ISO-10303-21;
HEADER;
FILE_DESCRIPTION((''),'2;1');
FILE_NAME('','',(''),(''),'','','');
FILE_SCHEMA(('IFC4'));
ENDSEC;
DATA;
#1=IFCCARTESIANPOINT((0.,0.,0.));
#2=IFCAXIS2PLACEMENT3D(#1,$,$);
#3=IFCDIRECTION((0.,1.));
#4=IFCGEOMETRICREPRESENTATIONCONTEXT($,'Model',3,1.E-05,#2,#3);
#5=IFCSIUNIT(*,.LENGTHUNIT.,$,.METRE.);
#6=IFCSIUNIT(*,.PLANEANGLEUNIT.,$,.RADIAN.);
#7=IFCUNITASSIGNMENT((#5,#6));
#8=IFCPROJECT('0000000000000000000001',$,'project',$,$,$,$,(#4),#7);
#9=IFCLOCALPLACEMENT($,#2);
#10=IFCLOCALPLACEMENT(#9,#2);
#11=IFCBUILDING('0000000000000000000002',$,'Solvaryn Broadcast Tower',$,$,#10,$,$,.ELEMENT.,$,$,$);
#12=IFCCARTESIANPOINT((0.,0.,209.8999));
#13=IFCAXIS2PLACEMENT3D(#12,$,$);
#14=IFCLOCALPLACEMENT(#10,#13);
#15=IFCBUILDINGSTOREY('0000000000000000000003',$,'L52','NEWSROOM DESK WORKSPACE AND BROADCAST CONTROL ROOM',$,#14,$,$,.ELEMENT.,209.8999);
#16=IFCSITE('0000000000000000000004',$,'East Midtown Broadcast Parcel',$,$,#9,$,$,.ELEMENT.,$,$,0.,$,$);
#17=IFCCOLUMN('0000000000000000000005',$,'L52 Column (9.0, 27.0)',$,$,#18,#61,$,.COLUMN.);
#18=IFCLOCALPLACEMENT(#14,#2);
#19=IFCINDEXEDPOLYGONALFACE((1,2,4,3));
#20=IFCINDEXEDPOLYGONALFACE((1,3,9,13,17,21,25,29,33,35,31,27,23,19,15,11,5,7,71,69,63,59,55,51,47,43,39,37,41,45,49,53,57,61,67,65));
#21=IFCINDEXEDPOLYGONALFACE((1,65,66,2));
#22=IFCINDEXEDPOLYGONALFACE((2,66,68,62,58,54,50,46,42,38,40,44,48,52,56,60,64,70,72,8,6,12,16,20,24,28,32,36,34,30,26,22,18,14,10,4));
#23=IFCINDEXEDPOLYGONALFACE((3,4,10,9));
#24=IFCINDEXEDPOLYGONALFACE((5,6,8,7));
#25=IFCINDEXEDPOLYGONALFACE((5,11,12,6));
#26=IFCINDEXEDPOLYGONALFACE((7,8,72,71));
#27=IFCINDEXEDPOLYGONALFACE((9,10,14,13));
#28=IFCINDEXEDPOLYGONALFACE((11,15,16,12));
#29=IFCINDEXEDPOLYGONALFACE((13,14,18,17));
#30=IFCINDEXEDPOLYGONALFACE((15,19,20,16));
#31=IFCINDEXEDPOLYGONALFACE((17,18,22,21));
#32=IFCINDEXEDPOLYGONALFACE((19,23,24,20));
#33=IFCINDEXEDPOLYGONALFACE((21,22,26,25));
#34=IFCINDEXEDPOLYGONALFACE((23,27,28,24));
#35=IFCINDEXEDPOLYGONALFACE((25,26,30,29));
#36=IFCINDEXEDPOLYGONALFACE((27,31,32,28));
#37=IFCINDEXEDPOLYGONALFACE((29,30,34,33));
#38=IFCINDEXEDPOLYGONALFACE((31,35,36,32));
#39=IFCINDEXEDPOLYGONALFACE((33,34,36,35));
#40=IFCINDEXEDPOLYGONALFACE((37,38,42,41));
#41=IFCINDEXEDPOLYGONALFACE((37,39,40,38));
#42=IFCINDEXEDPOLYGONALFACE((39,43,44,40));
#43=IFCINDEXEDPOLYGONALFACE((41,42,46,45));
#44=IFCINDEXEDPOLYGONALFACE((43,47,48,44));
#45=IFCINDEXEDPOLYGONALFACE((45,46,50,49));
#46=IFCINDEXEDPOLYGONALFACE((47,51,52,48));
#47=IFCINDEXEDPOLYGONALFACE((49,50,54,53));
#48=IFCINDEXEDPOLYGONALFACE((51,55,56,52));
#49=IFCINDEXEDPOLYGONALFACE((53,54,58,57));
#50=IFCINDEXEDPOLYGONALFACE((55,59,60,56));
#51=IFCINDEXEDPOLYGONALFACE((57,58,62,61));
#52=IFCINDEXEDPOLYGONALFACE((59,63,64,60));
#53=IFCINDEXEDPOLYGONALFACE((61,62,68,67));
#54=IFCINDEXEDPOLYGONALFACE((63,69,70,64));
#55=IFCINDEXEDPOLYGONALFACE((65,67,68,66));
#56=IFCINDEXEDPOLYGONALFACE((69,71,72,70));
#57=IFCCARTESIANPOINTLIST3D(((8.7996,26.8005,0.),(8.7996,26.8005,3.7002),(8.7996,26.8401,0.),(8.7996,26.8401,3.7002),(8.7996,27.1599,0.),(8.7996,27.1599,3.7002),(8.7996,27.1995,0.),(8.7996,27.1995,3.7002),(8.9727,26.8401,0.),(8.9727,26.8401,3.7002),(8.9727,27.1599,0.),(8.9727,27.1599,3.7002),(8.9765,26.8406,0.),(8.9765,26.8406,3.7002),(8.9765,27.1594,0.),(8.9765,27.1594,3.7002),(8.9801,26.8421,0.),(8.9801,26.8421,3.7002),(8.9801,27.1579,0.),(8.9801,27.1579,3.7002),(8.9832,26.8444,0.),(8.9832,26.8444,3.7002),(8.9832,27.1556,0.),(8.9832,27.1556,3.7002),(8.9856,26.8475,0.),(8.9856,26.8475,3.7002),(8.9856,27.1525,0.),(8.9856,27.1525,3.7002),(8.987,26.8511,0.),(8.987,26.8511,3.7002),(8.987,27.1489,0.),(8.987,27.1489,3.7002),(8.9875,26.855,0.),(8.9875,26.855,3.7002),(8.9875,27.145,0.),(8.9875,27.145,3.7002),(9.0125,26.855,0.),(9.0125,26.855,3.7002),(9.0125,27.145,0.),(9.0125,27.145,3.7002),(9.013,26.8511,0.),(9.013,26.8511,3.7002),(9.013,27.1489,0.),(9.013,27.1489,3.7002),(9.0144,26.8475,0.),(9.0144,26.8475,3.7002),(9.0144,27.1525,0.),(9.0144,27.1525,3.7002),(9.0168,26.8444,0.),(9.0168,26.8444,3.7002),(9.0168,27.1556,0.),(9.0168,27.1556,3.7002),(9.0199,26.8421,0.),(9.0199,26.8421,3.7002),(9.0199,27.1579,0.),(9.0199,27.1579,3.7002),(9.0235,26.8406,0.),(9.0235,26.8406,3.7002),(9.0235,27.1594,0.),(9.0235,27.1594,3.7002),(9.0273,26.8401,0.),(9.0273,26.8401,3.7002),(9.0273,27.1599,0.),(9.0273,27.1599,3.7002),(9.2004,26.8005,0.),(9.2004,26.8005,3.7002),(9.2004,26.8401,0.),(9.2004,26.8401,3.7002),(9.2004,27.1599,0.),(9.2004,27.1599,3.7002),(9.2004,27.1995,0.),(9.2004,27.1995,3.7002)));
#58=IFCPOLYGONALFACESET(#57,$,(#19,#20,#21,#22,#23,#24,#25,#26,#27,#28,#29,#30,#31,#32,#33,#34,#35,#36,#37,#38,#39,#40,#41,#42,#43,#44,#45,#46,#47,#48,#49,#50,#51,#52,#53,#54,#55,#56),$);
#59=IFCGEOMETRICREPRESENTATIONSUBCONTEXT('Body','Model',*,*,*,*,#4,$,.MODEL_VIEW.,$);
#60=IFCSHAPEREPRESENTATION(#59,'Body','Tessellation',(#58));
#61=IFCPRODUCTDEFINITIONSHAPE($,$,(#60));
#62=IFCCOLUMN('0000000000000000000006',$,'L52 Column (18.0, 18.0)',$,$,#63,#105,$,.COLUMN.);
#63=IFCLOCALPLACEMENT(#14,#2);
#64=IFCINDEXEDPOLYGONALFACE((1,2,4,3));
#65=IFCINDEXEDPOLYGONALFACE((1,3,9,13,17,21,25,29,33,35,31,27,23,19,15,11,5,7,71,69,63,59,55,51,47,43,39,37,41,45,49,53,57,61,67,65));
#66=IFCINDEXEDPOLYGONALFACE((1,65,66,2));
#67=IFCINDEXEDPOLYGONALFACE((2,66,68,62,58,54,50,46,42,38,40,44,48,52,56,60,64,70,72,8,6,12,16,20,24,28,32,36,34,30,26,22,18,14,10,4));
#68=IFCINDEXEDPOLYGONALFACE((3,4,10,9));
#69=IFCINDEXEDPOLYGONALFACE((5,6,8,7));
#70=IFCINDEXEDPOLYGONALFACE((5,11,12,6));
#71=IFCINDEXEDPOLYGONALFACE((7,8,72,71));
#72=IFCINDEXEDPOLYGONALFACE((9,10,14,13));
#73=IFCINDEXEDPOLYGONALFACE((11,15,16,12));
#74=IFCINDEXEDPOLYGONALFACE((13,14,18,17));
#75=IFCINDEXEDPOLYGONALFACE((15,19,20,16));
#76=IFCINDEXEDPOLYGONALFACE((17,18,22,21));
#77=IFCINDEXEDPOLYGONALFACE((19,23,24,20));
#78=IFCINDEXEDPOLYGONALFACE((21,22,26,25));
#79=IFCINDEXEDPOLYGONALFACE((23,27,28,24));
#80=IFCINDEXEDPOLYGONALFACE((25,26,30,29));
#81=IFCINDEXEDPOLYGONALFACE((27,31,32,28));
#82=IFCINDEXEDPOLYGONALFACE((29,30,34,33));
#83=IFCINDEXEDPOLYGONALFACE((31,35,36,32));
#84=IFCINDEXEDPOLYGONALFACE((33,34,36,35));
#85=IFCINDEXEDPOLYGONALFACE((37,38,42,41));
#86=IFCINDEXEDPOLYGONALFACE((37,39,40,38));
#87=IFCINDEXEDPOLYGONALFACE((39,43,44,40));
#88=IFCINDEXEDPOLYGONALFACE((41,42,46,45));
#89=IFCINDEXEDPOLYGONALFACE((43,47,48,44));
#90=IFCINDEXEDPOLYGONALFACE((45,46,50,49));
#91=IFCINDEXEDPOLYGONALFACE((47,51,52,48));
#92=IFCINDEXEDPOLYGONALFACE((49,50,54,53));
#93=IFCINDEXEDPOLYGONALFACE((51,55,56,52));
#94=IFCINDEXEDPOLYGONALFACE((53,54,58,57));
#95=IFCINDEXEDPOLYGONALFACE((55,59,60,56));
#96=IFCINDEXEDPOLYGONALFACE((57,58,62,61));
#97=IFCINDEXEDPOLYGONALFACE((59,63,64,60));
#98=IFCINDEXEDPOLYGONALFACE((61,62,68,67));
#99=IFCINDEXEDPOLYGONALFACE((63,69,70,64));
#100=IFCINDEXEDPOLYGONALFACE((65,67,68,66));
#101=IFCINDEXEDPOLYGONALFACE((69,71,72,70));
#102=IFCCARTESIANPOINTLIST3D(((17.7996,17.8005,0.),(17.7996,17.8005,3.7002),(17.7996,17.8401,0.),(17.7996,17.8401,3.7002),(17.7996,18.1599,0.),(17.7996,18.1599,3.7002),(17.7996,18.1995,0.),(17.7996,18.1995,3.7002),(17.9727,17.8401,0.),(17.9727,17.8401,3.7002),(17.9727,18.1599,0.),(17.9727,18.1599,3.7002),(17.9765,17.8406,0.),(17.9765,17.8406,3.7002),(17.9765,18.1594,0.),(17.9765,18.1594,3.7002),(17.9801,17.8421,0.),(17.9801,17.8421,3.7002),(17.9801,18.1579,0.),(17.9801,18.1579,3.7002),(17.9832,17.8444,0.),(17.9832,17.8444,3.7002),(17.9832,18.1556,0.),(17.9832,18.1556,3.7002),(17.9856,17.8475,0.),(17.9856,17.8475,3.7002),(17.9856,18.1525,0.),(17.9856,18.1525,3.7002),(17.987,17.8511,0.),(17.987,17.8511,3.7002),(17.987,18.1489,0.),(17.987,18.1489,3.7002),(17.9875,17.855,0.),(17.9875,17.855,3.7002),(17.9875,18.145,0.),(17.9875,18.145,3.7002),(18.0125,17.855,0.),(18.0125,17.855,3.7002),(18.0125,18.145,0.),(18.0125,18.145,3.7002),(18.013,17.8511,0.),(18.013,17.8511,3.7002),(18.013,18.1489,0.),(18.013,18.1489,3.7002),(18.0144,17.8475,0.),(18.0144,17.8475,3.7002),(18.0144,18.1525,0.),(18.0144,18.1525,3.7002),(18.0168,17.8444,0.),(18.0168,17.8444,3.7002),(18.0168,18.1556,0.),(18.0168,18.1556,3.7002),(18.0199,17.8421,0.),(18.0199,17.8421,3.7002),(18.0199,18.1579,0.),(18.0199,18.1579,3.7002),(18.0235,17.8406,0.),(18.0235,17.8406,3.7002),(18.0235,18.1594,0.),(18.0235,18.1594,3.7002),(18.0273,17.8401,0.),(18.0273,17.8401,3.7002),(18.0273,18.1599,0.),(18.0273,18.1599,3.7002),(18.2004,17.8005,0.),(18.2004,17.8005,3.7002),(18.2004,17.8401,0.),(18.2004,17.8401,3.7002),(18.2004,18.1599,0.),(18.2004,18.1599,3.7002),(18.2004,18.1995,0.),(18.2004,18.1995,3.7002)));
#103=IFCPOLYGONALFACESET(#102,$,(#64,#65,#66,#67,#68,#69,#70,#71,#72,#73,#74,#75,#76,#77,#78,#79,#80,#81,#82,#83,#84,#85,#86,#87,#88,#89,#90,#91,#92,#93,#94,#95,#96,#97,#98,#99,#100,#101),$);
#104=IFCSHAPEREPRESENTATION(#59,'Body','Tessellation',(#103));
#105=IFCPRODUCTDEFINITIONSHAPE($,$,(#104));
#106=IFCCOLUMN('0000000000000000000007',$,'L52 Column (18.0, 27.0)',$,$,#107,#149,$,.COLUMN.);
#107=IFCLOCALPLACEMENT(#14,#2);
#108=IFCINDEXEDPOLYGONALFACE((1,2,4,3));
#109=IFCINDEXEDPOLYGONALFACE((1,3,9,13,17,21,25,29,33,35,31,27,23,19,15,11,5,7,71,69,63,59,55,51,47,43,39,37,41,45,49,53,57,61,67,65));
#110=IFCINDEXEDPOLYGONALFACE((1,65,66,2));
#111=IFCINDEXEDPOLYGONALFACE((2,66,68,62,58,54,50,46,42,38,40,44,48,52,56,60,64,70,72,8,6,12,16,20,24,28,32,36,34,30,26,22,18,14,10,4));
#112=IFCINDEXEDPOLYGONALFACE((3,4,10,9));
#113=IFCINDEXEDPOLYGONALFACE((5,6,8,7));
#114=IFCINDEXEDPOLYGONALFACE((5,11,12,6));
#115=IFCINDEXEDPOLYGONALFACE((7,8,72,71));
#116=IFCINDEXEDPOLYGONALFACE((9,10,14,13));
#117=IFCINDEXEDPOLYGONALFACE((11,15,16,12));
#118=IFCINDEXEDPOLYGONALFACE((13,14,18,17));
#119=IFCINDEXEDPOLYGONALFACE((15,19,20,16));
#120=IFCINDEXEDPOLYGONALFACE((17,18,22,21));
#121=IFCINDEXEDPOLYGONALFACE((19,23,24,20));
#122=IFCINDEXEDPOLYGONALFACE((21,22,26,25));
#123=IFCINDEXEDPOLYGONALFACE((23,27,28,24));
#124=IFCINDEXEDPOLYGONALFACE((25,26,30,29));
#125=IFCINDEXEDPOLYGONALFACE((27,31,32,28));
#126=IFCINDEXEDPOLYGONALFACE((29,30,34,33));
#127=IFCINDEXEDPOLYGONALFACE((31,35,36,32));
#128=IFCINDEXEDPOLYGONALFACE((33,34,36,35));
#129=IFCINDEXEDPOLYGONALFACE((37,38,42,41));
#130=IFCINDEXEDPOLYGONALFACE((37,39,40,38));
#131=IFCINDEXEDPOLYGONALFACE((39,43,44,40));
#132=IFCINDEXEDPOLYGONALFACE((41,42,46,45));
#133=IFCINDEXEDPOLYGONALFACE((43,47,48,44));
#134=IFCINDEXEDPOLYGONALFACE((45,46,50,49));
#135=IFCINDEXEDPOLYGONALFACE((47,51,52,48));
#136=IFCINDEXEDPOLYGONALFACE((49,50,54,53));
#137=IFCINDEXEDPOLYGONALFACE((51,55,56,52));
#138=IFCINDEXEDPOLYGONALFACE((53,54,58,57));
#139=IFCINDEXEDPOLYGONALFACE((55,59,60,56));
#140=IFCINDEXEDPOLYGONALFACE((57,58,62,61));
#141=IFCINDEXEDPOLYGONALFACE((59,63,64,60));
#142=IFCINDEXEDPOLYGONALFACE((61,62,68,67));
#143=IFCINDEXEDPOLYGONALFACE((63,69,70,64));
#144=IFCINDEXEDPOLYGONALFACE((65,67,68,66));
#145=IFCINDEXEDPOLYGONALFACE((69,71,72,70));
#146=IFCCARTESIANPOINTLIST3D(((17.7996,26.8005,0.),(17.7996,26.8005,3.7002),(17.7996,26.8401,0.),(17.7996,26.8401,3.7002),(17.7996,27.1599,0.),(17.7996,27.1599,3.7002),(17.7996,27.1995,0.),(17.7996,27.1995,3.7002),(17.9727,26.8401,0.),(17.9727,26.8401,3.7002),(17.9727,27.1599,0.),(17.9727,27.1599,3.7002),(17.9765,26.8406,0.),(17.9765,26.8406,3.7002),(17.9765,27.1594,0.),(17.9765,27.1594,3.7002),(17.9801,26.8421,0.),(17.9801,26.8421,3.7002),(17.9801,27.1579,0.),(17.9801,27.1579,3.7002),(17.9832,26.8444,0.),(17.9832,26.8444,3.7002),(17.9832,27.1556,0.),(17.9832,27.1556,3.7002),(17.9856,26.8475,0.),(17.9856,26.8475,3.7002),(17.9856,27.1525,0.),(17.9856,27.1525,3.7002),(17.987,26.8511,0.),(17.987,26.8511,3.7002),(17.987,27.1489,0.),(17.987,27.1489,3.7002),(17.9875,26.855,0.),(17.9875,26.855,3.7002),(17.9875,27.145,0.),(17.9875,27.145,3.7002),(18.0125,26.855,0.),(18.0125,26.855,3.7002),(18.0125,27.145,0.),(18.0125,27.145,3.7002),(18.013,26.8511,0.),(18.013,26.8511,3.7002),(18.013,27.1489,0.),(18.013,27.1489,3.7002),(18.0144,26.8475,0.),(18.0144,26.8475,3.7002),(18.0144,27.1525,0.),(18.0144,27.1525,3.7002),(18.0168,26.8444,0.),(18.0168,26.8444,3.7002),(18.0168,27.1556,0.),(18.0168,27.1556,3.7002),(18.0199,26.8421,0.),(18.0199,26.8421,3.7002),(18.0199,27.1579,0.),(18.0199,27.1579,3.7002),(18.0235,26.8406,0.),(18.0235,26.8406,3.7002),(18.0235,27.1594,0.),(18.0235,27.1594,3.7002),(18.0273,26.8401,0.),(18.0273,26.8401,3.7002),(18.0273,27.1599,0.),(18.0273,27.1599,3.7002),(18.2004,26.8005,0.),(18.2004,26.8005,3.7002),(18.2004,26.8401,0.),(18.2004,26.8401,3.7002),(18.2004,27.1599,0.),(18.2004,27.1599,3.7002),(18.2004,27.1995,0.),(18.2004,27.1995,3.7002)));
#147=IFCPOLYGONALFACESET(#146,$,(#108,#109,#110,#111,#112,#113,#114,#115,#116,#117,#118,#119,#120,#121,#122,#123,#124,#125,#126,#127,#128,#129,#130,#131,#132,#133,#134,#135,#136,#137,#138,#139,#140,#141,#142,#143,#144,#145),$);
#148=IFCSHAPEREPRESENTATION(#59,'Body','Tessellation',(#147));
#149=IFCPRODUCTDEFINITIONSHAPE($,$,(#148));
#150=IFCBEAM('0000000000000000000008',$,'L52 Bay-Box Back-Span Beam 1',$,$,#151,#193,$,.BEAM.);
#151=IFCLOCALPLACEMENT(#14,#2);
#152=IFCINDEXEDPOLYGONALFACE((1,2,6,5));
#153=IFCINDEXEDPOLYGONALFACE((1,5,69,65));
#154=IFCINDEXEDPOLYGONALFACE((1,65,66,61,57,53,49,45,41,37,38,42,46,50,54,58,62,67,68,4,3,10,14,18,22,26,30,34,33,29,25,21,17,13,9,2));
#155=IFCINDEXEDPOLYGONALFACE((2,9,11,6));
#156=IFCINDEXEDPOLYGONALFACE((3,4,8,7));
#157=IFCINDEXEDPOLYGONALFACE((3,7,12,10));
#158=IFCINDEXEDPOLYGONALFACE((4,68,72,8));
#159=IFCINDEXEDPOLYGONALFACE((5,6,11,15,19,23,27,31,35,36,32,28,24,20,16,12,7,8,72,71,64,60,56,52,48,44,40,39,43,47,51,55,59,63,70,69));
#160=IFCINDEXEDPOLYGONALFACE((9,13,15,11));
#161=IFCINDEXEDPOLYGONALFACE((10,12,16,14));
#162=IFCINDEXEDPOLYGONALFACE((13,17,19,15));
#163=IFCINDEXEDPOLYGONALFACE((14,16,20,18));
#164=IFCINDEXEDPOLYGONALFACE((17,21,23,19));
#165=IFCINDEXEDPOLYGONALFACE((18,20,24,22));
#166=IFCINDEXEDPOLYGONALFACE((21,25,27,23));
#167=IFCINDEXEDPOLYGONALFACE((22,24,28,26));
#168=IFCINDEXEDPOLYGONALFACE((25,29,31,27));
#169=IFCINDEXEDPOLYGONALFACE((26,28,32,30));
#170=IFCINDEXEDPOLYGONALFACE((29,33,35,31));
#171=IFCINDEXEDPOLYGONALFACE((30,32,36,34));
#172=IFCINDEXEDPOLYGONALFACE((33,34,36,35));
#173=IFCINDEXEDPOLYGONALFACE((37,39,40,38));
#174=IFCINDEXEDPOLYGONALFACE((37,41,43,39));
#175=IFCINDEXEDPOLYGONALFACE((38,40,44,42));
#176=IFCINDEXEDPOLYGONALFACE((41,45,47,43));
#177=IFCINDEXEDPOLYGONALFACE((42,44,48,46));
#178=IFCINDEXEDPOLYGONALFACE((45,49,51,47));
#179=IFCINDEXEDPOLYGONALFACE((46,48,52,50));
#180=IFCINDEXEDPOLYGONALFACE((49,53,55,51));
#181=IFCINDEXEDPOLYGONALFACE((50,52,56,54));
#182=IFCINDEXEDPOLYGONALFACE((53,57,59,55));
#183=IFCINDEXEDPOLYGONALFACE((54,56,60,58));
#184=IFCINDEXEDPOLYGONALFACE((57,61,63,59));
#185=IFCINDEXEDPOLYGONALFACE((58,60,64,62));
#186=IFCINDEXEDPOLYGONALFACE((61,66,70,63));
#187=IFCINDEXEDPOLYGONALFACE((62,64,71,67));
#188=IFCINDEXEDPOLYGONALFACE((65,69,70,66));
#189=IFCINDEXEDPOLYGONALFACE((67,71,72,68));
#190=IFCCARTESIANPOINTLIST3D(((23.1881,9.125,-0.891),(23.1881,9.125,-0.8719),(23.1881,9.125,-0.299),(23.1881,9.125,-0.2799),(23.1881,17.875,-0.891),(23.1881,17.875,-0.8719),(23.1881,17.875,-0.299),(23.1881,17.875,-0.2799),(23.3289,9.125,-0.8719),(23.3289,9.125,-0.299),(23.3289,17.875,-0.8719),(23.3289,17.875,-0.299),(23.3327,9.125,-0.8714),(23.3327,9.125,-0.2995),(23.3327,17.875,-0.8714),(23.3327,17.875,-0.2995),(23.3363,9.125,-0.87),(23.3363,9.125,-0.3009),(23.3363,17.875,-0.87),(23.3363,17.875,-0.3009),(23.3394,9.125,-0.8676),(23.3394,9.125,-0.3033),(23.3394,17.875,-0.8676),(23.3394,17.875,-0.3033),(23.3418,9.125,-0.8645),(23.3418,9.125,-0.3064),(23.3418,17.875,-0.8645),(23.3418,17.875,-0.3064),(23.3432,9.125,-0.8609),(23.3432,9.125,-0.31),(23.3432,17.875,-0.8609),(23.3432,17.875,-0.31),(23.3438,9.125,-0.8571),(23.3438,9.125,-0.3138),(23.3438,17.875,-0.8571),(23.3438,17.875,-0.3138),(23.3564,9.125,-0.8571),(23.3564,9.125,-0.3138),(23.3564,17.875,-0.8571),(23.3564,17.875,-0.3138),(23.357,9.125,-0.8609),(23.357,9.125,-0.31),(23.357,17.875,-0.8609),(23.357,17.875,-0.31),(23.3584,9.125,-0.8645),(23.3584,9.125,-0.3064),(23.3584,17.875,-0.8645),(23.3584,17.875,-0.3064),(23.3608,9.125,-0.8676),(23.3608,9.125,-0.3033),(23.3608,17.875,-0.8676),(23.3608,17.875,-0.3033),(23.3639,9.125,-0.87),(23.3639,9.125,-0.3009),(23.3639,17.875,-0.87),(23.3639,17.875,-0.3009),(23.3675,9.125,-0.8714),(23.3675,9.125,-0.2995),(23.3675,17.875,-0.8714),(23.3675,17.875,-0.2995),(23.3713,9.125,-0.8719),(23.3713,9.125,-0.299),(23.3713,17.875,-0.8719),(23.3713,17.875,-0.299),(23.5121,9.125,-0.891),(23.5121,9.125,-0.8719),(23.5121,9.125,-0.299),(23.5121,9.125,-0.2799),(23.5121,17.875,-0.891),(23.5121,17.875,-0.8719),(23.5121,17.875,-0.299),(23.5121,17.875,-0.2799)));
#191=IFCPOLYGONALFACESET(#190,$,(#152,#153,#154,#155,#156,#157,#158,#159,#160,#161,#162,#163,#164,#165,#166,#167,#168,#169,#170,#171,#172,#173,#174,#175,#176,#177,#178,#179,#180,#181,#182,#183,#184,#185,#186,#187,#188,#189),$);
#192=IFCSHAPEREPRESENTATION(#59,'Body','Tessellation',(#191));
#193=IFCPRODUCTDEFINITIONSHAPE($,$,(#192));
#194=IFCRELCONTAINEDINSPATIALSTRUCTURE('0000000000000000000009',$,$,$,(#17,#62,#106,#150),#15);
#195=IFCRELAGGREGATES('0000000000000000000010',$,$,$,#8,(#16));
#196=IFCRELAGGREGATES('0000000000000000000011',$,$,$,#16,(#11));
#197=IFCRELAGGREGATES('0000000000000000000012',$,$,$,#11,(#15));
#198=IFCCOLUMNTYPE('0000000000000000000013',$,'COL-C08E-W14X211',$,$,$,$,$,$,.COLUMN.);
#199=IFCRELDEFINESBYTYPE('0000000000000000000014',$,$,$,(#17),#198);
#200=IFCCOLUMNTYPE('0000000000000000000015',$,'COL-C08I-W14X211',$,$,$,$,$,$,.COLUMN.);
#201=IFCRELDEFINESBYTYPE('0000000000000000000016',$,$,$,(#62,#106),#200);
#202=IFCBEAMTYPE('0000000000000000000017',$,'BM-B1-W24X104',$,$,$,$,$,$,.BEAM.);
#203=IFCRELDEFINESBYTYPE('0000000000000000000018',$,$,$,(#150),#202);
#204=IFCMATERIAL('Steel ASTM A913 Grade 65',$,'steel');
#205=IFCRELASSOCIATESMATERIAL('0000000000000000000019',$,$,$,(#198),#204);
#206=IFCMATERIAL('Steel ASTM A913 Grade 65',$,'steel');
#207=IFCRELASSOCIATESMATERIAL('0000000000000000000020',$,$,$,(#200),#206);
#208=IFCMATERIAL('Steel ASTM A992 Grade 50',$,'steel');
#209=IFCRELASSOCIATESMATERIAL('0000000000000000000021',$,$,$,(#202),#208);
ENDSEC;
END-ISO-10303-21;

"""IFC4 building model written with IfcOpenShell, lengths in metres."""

from ifc_helpers import new_model, si_unit, direction, frame, origin, origin_2d, place, context, subcontext, project, spatial, i_section, extrude, material, material_profile, profile_set, type_object, element, save


model = new_model("IFC4")

# Units and contexts
model_context = context("Model", 3, precision=1e-05, world=origin(), true_north=direction((0.0, 1.0)))
body_context = subcontext(model_context, "Body", "Model", "MODEL_VIEW")
ifc_project = project(units=[si_unit("LENGTHUNIT", "METRE"), si_unit("PLANEANGLEUNIT", "RADIAN")], contexts=[model_context])

# Site, building, storey
site_placement = place(None, origin())
site = spatial("IfcSite", under=ifc_project, at=site_placement, Name="East Midtown Broadcast Parcel", CompositionType="ELEMENT", RefElevation=0.0)
building_placement = place(site_placement, origin())
building = spatial("IfcBuilding", under=site, at=building_placement, Name="Solvaryn Broadcast Tower", CompositionType="ELEMENT")
storey_placement = place(building_placement, frame((0.0, 0.0, 209.8999)))
storey = spatial("IfcBuildingStorey", under=building, at=storey_placement, Name="L52", Description="NEWSROOM DESK WORKSPACE AND BROADCAST CONTROL ROOM", CompositionType="ELEMENT", Elevation=209.8999)

# Columns
ifc_material_1 = material(Name="Steel ASTM A913 Grade 65", Category="steel")
ifc_material_profile_1 = material_profile(ifc_material_1, i_section(OverallWidth=0.4009, OverallDepth=0.3989, WebThickness=0.0249, FlangeThickness=0.0396, FilletRadius=0.0149, at=origin_2d()))
ifc_profile_set_1 = profile_set([ifc_material_profile_1], Name="Steel ASTM A913 Grade 65")
column_type_1 = type_object("IfcColumnType", Name="COL-C08E-W14X211", PredefinedType="COLUMN", material=ifc_profile_set_1)
column_placement = place(storey_placement, frame((9.0, 27.0, 0.0), z_axis=(0.0, 0.0, 1.0), x_axis=(1.0, 0.0, 0.0)))
element("IfcColumn", 1, at=column_placement, inside=storey, type_object=column_type_1, Name="L52 Column (9.0, 27.0)", PredefinedType="COLUMN", context=body_context, shape_type="SweptSolid", body=[
    extrude(i_section(OverallWidth=0.4009, OverallDepth=0.3989, WebThickness=0.0249, FlangeThickness=0.0396, FilletRadius=0.0149, at=origin_2d()), origin(), (0.0, 0.0, 1.0), 3.7002),
])
ifc_material_2 = material(Name="Steel ASTM A913 Grade 65", Category="steel")
ifc_material_profile_2 = material_profile(ifc_material_2, i_section(OverallWidth=0.4009, OverallDepth=0.3989, WebThickness=0.0249, FlangeThickness=0.0396, FilletRadius=0.0149, at=origin_2d()))
ifc_profile_set_2 = profile_set([ifc_material_profile_2], Name="Steel ASTM A913 Grade 65")
column_type_2 = type_object("IfcColumnType", Name="COL-C08I-W14X211", PredefinedType="COLUMN", material=ifc_profile_set_2)
for number, where, z_axis, x_axis, name in (
    (2, (18.0, 18.0, 0.0), (0.0, 0.0, 1.0), (1.0, 0.0, 0.0), "L52 Column (18.0, 18.0)"),
    (3, (18.0, 27.0, 0.0), (0.0, 0.0, 1.0), (1.0, 0.0, 0.0), "L52 Column (18.0, 27.0)"),
):
    element("IfcColumn", number, at=place(storey_placement, frame(where, z_axis=z_axis, x_axis=x_axis)), inside=storey, type_object=column_type_2, Name=name, PredefinedType="COLUMN", context=body_context, shape_type="SweptSolid", body=[
        extrude(i_section(OverallWidth=0.4009, OverallDepth=0.3989, WebThickness=0.0249, FlangeThickness=0.0396, FilletRadius=0.0149, at=origin_2d()), origin(), (0.0, 0.0, 1.0), 3.7002),
    ])

# Beam
ifc_material_3 = material(Name="Steel ASTM A992 Grade 50", Category="steel")
ifc_material_profile_3 = material_profile(ifc_material_3, i_section(OverallWidth=0.324, OverallDepth=0.6111, WebThickness=0.0127, FlangeThickness=0.019, FilletRadius=0.0149, at=origin_2d()))
ifc_profile_set_3 = profile_set([ifc_material_profile_3], Name="Steel ASTM A992 Grade 50")
beam_type_1 = type_object("IfcBeamType", Name="BM-B1-W24X104", PredefinedType="BEAM", material=ifc_profile_set_3)
beam_1_placement = place(storey_placement, frame((23.3501, 17.875, -0.5854), z_axis=(0.0, -1.0, 0.0), x_axis=(1.0, 0.0, 0.0)))
element("IfcBeam", 4, at=beam_1_placement, inside=storey, type_object=beam_type_1, Name="L52 Bay-Box Back-Span Beam 1", PredefinedType="BEAM", context=body_context, shape_type="SweptSolid", body=[
    extrude(i_section(OverallWidth=0.324, OverallDepth=0.6111, WebThickness=0.0127, FlangeThickness=0.019, FilletRadius=0.0149, at=origin_2d()), origin(), (0.0, 0.0, 1.0), 8.75),
])

save(model, "model.ifc")
